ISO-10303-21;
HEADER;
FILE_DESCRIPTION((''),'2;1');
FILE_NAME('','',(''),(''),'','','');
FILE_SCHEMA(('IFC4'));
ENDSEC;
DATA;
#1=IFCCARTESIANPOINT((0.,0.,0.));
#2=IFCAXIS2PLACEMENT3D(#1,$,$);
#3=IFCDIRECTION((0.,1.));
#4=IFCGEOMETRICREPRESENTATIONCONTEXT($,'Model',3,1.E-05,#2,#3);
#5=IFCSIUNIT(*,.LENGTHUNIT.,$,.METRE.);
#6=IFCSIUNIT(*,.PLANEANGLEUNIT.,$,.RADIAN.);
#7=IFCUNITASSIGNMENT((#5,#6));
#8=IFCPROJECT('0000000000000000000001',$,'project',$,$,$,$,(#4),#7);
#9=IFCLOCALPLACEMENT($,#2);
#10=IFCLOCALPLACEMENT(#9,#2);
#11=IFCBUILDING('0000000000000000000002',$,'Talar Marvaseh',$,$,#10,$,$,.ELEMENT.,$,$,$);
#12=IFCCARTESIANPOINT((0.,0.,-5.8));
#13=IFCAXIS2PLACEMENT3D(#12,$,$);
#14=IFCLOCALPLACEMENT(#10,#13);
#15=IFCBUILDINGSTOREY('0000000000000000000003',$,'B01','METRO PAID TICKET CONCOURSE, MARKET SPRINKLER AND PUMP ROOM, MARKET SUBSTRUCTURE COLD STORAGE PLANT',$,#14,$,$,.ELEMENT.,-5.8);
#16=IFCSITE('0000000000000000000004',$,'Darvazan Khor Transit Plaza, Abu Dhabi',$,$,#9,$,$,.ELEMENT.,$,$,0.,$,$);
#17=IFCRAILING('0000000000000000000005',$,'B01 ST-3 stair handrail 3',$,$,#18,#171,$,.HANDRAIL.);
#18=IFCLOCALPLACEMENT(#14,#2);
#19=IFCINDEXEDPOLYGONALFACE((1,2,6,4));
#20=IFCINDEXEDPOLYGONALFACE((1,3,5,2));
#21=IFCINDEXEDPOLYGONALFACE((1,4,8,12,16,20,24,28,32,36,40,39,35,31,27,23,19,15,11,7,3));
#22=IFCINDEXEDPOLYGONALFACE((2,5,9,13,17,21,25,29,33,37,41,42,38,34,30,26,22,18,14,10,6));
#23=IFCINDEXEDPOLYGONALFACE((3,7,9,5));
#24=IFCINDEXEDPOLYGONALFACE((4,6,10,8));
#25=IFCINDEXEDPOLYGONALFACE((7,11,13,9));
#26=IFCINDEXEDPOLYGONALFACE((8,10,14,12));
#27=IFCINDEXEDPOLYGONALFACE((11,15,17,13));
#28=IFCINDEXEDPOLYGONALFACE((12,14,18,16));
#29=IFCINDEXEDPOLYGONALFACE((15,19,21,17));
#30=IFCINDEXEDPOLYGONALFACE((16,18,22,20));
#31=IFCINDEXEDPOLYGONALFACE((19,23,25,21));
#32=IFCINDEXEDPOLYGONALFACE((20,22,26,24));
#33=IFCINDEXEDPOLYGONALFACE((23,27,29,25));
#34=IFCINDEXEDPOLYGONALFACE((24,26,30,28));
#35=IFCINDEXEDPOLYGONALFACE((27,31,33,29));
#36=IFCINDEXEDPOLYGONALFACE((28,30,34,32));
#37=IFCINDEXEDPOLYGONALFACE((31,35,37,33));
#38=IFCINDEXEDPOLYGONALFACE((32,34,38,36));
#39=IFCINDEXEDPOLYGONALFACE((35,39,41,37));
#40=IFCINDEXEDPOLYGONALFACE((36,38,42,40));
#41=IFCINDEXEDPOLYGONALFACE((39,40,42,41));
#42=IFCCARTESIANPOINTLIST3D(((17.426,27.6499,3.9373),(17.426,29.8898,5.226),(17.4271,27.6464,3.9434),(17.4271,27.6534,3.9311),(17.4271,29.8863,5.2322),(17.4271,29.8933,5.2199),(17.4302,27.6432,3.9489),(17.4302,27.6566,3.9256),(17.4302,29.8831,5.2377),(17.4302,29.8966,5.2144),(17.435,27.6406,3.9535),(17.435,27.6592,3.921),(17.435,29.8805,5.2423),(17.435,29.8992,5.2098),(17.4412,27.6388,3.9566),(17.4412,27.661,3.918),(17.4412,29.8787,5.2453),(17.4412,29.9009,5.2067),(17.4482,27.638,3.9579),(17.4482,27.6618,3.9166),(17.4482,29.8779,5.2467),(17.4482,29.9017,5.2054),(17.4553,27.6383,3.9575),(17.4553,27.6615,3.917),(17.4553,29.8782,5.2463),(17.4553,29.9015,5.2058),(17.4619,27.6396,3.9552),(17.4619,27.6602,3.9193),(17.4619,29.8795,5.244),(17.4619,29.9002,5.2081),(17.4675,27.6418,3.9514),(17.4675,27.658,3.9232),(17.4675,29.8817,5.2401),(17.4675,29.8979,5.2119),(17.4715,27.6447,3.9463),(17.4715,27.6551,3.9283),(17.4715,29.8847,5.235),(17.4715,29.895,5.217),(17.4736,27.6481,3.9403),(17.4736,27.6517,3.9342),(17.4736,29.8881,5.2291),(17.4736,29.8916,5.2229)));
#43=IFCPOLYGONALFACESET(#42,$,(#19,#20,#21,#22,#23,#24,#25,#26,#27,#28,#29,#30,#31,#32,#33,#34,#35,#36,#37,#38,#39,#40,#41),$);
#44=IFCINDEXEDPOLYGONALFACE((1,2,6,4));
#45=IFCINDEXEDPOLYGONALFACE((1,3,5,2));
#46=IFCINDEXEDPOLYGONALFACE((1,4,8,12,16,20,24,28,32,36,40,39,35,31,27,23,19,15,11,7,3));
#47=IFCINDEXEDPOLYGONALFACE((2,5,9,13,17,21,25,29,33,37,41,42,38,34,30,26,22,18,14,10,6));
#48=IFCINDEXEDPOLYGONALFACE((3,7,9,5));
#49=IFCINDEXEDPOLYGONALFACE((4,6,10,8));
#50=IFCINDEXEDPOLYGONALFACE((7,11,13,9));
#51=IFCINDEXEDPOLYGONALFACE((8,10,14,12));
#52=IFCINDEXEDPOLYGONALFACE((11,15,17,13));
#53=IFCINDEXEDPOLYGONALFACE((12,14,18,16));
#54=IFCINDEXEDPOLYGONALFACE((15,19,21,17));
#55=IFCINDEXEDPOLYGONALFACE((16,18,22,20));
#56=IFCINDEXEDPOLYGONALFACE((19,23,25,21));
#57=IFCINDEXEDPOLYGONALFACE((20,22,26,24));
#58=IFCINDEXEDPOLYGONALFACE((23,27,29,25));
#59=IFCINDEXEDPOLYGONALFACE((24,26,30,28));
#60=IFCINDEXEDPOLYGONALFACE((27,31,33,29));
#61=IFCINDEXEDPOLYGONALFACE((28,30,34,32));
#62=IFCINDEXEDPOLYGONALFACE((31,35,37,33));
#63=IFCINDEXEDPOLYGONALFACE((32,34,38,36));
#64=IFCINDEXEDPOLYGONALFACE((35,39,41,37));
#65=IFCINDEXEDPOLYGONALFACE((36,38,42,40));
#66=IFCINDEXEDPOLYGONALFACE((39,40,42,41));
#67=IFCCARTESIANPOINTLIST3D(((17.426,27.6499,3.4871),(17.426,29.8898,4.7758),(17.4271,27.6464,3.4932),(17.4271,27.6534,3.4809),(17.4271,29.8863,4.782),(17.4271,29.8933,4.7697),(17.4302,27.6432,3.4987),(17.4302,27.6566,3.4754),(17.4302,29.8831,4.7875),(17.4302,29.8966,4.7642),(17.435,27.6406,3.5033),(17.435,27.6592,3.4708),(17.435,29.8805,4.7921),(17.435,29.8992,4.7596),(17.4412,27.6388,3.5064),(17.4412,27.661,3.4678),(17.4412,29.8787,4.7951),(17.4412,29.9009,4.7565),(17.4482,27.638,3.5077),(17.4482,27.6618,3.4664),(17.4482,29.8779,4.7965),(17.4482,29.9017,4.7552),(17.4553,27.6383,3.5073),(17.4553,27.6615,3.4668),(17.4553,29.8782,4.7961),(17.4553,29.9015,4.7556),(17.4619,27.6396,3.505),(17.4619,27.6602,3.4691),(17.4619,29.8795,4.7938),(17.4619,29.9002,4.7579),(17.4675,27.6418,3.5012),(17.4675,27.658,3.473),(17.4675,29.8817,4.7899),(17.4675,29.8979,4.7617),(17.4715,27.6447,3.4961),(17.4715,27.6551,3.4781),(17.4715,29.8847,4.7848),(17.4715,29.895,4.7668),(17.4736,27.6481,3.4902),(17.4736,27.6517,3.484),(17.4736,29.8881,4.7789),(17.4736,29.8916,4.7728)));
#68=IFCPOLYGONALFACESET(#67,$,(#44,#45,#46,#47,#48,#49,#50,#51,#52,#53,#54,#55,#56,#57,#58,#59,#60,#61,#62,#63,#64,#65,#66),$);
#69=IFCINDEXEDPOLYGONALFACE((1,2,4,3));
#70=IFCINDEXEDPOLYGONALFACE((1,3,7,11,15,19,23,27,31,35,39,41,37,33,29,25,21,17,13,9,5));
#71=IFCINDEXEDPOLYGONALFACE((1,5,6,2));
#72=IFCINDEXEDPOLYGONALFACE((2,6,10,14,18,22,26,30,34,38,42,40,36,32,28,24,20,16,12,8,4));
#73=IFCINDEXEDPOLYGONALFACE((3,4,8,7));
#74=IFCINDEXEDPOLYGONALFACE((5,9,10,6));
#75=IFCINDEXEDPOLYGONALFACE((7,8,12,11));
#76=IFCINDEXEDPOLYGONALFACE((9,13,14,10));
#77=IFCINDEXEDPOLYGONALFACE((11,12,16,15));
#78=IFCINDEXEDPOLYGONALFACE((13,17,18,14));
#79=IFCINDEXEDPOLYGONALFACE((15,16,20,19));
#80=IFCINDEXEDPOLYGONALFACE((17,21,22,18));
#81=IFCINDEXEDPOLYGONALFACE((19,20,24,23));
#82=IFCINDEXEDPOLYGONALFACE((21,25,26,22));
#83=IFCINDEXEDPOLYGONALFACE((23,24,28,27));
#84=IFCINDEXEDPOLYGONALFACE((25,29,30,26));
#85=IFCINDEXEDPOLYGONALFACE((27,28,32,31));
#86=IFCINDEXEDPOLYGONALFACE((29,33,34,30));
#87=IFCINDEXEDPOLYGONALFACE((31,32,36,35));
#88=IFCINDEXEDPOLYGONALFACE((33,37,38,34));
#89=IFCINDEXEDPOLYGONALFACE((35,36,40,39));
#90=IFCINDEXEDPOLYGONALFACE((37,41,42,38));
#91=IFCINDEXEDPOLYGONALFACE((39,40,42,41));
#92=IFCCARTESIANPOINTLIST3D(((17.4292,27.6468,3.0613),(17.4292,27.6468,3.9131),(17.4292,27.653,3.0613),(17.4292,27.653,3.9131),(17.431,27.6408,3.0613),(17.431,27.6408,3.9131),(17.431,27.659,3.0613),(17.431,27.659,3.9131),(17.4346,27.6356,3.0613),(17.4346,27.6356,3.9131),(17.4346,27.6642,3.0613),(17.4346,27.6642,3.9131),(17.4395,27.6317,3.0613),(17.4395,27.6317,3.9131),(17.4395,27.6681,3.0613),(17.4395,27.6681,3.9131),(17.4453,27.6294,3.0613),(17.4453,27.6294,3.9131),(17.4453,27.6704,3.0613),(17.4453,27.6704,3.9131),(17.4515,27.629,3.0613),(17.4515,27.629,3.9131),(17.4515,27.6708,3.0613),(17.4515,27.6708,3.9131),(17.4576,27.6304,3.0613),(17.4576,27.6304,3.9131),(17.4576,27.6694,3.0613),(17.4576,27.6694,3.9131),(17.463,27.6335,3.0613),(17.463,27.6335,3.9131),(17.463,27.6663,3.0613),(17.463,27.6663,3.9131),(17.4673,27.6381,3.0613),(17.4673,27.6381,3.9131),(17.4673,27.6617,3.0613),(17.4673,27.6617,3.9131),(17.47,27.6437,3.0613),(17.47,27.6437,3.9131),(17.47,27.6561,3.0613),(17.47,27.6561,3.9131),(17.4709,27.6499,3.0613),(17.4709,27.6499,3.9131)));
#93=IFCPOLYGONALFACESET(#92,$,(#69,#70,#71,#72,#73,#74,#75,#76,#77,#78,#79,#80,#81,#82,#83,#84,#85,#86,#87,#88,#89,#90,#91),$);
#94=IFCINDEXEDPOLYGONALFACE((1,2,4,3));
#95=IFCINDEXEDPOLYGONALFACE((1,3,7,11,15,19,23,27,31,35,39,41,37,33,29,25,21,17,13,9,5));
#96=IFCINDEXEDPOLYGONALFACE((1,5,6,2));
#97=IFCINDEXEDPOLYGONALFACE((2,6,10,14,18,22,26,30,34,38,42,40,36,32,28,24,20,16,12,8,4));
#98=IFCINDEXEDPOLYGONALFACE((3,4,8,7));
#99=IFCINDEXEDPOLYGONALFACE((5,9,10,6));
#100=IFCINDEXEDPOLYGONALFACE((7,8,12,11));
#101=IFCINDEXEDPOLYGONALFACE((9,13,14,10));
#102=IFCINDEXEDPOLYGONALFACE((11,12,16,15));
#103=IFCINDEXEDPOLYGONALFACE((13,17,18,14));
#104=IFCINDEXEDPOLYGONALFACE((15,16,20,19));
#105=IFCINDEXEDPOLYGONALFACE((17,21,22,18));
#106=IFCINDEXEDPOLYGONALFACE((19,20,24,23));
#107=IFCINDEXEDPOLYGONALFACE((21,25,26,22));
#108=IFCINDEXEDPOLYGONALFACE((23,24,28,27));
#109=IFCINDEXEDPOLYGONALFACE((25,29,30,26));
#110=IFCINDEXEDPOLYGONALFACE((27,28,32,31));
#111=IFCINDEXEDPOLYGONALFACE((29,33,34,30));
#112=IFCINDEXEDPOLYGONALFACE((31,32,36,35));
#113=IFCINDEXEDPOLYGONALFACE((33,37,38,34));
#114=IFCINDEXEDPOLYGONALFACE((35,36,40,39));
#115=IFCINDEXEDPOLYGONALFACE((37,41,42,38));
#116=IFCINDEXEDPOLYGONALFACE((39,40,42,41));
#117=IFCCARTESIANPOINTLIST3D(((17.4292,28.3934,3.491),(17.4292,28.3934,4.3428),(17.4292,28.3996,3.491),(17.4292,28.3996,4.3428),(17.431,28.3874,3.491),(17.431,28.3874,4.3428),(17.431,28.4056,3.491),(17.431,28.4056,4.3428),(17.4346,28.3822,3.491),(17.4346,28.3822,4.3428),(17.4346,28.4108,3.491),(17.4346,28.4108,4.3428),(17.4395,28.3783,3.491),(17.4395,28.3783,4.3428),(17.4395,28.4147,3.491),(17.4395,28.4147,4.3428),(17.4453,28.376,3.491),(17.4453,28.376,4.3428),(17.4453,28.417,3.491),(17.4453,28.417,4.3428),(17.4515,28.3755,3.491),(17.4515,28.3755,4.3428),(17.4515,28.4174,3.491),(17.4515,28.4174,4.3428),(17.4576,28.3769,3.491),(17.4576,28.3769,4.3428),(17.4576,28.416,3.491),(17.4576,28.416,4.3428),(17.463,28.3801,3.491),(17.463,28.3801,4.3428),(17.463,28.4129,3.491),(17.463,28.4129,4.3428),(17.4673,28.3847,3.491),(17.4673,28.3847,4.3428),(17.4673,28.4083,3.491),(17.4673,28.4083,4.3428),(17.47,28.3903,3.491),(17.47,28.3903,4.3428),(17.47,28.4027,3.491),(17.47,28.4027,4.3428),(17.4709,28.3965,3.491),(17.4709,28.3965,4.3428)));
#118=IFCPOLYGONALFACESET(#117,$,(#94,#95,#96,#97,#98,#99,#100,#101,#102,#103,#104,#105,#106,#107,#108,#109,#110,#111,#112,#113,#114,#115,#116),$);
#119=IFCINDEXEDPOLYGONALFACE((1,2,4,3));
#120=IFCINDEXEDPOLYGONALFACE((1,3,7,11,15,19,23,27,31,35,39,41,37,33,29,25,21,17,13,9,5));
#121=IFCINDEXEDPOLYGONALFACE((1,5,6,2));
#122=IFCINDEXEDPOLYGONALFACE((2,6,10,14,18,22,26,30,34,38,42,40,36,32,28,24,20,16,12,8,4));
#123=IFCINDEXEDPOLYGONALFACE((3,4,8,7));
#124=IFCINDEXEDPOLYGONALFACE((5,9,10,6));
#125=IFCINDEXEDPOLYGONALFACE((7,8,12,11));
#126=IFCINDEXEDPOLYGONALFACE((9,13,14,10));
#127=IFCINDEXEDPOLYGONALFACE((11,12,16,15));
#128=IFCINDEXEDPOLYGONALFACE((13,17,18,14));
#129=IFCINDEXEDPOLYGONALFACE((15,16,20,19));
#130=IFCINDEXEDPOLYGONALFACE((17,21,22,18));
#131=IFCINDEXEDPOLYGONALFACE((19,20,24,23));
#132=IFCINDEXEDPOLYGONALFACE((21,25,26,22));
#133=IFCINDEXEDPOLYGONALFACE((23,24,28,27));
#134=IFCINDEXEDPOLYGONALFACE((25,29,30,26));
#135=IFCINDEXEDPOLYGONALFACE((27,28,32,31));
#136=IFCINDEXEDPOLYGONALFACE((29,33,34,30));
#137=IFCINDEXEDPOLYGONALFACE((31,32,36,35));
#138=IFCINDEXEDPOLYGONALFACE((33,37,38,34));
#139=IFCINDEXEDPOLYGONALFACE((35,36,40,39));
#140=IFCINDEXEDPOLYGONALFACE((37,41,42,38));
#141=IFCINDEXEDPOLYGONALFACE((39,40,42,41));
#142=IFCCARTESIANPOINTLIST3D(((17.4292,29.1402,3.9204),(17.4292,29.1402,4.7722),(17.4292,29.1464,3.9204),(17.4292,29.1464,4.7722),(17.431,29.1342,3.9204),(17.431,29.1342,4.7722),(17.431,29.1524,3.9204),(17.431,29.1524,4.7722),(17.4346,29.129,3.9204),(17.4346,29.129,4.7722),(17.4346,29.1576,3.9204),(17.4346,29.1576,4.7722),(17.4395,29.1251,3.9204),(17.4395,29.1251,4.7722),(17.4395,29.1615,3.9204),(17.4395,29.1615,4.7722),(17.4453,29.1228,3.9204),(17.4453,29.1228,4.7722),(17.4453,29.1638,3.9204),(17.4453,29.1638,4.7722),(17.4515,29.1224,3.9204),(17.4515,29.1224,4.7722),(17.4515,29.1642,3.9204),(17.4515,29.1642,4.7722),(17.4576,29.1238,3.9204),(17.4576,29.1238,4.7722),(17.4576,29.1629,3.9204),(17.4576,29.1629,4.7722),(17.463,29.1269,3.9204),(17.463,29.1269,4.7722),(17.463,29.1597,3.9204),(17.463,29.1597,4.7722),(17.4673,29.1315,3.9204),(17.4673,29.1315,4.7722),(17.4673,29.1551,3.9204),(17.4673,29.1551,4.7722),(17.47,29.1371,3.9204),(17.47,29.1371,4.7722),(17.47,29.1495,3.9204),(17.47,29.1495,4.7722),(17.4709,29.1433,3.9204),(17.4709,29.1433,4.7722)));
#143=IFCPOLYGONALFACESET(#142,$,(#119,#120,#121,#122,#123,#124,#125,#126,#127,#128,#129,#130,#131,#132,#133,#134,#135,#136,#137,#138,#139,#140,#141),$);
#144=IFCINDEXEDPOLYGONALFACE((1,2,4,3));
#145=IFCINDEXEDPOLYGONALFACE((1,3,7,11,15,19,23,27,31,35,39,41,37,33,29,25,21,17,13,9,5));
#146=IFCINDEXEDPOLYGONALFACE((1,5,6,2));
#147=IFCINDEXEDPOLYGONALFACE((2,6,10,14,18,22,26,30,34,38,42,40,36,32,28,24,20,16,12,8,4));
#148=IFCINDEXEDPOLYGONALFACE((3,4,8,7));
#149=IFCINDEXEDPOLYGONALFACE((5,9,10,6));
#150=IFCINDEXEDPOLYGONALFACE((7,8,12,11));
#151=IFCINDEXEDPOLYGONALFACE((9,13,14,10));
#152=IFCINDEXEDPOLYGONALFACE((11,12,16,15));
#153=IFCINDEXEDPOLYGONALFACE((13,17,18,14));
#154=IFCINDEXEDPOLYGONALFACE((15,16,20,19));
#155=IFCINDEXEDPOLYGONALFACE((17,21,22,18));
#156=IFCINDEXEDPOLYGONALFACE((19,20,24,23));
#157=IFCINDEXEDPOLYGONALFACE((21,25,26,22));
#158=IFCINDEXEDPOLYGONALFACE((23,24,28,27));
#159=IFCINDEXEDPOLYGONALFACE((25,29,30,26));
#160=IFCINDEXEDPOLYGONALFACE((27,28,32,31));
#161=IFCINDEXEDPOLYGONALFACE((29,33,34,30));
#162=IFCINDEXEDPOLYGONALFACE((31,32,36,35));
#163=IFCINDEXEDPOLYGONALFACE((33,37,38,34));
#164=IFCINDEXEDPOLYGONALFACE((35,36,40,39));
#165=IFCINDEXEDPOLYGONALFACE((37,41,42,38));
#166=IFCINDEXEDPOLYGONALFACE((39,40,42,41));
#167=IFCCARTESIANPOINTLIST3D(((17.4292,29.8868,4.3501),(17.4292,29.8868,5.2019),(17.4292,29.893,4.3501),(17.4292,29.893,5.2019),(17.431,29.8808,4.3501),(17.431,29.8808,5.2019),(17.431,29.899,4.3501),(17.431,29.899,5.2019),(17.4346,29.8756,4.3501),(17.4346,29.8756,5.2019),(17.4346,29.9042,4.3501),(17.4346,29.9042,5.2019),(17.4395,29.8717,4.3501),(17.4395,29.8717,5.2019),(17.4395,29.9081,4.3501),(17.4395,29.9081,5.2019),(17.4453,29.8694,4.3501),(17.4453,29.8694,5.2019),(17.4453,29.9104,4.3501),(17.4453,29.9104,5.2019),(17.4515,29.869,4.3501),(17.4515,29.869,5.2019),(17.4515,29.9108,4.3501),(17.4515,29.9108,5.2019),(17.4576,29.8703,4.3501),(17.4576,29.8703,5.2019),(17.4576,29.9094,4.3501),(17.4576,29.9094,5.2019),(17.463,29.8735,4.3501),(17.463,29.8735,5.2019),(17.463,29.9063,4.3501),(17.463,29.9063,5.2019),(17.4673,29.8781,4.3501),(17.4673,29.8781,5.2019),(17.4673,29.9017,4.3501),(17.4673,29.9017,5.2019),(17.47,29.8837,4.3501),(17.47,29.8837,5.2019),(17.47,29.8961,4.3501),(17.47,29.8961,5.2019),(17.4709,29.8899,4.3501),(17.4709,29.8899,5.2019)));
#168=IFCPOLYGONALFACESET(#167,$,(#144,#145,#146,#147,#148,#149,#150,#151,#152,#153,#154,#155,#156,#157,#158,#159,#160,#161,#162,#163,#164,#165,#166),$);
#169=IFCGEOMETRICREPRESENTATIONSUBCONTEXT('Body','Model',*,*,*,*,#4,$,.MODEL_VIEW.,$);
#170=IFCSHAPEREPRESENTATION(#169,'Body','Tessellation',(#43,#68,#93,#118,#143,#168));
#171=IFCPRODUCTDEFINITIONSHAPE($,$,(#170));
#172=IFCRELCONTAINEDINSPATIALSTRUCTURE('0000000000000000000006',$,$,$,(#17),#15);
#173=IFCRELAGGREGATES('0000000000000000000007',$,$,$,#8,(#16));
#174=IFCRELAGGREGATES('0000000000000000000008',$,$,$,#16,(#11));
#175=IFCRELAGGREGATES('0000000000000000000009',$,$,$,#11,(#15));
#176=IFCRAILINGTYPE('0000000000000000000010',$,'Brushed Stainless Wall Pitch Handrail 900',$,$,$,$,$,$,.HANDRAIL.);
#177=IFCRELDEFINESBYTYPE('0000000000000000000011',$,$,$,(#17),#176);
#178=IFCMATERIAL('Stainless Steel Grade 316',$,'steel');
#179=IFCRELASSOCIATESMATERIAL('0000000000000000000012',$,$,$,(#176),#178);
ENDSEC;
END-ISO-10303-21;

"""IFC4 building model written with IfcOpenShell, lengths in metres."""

from ifc_helpers import new_model, si_unit, direction, frame, origin, origin_2d, place, context, subcontext, project, spatial, circle, extrude, material, type_object, element, save


model = new_model("IFC4")

# Units and contexts
model_context = context("Model", 3, precision=1e-05, world=origin(), true_north=direction((0.0, 1.0)))
body_context = subcontext(model_context, "Body", "Model", "MODEL_VIEW")
ifc_project = project(units=[si_unit("LENGTHUNIT", "METRE"), si_unit("PLANEANGLEUNIT", "RADIAN")], contexts=[model_context])

# Site, building, storey
site_placement = place(None, origin())
site = spatial("IfcSite", under=ifc_project, at=site_placement, Name="Darvazan Khor Transit Plaza, Abu Dhabi", CompositionType="ELEMENT", RefElevation=0.0)
building_placement = place(site_placement, origin())
building = spatial("IfcBuilding", under=site, at=building_placement, Name="Talar Marvaseh", CompositionType="ELEMENT")
storey_placement = place(building_placement, frame((0.0, 0.0, -5.8)))
storey = spatial("IfcBuildingStorey", under=building, at=storey_placement, Name="B01", Description="METRO PAID TICKET CONCOURSE, MARKET SPRINKLER AND PUMP ROOM, MARKET SUBSTRUCTURE COLD STORAGE PLANT", CompositionType="ELEMENT", Elevation=-5.8)

# Railing
ifc_material_1 = material(Name="Stainless Steel Grade 316", Category="steel")
railing_type_1 = type_object("IfcRailingType", Name="Brushed Stainless Wall Pitch Handrail 900", PredefinedType="HANDRAIL", material=ifc_material_1)
for number, where, name in (
    (1, (17.45, 27.6499, 3.0613), "B01 ST-3 stair handrail 3"),
):
    element("IfcRailing", number, at=place(storey_placement, frame(where)), inside=storey, type_object=railing_type_1, Name=name, PredefinedType="HANDRAIL", context=body_context, shape_type="SweptSolid", body=[
        extrude(circle(Radius=0.0239, at=origin_2d()), frame((0.0, 0.0, 0.876), z_axis=(0.0, 0.866768, 0.498711), x_axis=(-1.0, 0.0, 0.0)), (0.0, 0.0, 1.0), 2.5842),
        extrude(circle(Radius=0.0239, at=origin_2d()), frame((0.0, 0.0, 0.4258), z_axis=(0.0, 0.866768, 0.498711), x_axis=(-1.0, 0.0, 0.0)), (0.0, 0.0, 1.0), 2.5842),
        extrude(circle(Radius=0.021, at=origin_2d()), origin(), (0.0, 0.0, 1.0), 0.8518),
        extrude(circle(Radius=0.021, at=origin_2d()), frame((0.0, 0.7466, 0.4297)), (0.0, 0.0, 1.0), 0.8518),
        extrude(circle(Radius=0.021, at=origin_2d()), frame((0.0, 1.4934, 0.8591)), (0.0, 0.0, 1.0), 0.8518),
        extrude(circle(Radius=0.021, at=origin_2d()), frame((0.0, 2.24, 1.2888)), (0.0, 0.0, 1.0), 0.8518),
    ])

save(model, "model.ifc")
